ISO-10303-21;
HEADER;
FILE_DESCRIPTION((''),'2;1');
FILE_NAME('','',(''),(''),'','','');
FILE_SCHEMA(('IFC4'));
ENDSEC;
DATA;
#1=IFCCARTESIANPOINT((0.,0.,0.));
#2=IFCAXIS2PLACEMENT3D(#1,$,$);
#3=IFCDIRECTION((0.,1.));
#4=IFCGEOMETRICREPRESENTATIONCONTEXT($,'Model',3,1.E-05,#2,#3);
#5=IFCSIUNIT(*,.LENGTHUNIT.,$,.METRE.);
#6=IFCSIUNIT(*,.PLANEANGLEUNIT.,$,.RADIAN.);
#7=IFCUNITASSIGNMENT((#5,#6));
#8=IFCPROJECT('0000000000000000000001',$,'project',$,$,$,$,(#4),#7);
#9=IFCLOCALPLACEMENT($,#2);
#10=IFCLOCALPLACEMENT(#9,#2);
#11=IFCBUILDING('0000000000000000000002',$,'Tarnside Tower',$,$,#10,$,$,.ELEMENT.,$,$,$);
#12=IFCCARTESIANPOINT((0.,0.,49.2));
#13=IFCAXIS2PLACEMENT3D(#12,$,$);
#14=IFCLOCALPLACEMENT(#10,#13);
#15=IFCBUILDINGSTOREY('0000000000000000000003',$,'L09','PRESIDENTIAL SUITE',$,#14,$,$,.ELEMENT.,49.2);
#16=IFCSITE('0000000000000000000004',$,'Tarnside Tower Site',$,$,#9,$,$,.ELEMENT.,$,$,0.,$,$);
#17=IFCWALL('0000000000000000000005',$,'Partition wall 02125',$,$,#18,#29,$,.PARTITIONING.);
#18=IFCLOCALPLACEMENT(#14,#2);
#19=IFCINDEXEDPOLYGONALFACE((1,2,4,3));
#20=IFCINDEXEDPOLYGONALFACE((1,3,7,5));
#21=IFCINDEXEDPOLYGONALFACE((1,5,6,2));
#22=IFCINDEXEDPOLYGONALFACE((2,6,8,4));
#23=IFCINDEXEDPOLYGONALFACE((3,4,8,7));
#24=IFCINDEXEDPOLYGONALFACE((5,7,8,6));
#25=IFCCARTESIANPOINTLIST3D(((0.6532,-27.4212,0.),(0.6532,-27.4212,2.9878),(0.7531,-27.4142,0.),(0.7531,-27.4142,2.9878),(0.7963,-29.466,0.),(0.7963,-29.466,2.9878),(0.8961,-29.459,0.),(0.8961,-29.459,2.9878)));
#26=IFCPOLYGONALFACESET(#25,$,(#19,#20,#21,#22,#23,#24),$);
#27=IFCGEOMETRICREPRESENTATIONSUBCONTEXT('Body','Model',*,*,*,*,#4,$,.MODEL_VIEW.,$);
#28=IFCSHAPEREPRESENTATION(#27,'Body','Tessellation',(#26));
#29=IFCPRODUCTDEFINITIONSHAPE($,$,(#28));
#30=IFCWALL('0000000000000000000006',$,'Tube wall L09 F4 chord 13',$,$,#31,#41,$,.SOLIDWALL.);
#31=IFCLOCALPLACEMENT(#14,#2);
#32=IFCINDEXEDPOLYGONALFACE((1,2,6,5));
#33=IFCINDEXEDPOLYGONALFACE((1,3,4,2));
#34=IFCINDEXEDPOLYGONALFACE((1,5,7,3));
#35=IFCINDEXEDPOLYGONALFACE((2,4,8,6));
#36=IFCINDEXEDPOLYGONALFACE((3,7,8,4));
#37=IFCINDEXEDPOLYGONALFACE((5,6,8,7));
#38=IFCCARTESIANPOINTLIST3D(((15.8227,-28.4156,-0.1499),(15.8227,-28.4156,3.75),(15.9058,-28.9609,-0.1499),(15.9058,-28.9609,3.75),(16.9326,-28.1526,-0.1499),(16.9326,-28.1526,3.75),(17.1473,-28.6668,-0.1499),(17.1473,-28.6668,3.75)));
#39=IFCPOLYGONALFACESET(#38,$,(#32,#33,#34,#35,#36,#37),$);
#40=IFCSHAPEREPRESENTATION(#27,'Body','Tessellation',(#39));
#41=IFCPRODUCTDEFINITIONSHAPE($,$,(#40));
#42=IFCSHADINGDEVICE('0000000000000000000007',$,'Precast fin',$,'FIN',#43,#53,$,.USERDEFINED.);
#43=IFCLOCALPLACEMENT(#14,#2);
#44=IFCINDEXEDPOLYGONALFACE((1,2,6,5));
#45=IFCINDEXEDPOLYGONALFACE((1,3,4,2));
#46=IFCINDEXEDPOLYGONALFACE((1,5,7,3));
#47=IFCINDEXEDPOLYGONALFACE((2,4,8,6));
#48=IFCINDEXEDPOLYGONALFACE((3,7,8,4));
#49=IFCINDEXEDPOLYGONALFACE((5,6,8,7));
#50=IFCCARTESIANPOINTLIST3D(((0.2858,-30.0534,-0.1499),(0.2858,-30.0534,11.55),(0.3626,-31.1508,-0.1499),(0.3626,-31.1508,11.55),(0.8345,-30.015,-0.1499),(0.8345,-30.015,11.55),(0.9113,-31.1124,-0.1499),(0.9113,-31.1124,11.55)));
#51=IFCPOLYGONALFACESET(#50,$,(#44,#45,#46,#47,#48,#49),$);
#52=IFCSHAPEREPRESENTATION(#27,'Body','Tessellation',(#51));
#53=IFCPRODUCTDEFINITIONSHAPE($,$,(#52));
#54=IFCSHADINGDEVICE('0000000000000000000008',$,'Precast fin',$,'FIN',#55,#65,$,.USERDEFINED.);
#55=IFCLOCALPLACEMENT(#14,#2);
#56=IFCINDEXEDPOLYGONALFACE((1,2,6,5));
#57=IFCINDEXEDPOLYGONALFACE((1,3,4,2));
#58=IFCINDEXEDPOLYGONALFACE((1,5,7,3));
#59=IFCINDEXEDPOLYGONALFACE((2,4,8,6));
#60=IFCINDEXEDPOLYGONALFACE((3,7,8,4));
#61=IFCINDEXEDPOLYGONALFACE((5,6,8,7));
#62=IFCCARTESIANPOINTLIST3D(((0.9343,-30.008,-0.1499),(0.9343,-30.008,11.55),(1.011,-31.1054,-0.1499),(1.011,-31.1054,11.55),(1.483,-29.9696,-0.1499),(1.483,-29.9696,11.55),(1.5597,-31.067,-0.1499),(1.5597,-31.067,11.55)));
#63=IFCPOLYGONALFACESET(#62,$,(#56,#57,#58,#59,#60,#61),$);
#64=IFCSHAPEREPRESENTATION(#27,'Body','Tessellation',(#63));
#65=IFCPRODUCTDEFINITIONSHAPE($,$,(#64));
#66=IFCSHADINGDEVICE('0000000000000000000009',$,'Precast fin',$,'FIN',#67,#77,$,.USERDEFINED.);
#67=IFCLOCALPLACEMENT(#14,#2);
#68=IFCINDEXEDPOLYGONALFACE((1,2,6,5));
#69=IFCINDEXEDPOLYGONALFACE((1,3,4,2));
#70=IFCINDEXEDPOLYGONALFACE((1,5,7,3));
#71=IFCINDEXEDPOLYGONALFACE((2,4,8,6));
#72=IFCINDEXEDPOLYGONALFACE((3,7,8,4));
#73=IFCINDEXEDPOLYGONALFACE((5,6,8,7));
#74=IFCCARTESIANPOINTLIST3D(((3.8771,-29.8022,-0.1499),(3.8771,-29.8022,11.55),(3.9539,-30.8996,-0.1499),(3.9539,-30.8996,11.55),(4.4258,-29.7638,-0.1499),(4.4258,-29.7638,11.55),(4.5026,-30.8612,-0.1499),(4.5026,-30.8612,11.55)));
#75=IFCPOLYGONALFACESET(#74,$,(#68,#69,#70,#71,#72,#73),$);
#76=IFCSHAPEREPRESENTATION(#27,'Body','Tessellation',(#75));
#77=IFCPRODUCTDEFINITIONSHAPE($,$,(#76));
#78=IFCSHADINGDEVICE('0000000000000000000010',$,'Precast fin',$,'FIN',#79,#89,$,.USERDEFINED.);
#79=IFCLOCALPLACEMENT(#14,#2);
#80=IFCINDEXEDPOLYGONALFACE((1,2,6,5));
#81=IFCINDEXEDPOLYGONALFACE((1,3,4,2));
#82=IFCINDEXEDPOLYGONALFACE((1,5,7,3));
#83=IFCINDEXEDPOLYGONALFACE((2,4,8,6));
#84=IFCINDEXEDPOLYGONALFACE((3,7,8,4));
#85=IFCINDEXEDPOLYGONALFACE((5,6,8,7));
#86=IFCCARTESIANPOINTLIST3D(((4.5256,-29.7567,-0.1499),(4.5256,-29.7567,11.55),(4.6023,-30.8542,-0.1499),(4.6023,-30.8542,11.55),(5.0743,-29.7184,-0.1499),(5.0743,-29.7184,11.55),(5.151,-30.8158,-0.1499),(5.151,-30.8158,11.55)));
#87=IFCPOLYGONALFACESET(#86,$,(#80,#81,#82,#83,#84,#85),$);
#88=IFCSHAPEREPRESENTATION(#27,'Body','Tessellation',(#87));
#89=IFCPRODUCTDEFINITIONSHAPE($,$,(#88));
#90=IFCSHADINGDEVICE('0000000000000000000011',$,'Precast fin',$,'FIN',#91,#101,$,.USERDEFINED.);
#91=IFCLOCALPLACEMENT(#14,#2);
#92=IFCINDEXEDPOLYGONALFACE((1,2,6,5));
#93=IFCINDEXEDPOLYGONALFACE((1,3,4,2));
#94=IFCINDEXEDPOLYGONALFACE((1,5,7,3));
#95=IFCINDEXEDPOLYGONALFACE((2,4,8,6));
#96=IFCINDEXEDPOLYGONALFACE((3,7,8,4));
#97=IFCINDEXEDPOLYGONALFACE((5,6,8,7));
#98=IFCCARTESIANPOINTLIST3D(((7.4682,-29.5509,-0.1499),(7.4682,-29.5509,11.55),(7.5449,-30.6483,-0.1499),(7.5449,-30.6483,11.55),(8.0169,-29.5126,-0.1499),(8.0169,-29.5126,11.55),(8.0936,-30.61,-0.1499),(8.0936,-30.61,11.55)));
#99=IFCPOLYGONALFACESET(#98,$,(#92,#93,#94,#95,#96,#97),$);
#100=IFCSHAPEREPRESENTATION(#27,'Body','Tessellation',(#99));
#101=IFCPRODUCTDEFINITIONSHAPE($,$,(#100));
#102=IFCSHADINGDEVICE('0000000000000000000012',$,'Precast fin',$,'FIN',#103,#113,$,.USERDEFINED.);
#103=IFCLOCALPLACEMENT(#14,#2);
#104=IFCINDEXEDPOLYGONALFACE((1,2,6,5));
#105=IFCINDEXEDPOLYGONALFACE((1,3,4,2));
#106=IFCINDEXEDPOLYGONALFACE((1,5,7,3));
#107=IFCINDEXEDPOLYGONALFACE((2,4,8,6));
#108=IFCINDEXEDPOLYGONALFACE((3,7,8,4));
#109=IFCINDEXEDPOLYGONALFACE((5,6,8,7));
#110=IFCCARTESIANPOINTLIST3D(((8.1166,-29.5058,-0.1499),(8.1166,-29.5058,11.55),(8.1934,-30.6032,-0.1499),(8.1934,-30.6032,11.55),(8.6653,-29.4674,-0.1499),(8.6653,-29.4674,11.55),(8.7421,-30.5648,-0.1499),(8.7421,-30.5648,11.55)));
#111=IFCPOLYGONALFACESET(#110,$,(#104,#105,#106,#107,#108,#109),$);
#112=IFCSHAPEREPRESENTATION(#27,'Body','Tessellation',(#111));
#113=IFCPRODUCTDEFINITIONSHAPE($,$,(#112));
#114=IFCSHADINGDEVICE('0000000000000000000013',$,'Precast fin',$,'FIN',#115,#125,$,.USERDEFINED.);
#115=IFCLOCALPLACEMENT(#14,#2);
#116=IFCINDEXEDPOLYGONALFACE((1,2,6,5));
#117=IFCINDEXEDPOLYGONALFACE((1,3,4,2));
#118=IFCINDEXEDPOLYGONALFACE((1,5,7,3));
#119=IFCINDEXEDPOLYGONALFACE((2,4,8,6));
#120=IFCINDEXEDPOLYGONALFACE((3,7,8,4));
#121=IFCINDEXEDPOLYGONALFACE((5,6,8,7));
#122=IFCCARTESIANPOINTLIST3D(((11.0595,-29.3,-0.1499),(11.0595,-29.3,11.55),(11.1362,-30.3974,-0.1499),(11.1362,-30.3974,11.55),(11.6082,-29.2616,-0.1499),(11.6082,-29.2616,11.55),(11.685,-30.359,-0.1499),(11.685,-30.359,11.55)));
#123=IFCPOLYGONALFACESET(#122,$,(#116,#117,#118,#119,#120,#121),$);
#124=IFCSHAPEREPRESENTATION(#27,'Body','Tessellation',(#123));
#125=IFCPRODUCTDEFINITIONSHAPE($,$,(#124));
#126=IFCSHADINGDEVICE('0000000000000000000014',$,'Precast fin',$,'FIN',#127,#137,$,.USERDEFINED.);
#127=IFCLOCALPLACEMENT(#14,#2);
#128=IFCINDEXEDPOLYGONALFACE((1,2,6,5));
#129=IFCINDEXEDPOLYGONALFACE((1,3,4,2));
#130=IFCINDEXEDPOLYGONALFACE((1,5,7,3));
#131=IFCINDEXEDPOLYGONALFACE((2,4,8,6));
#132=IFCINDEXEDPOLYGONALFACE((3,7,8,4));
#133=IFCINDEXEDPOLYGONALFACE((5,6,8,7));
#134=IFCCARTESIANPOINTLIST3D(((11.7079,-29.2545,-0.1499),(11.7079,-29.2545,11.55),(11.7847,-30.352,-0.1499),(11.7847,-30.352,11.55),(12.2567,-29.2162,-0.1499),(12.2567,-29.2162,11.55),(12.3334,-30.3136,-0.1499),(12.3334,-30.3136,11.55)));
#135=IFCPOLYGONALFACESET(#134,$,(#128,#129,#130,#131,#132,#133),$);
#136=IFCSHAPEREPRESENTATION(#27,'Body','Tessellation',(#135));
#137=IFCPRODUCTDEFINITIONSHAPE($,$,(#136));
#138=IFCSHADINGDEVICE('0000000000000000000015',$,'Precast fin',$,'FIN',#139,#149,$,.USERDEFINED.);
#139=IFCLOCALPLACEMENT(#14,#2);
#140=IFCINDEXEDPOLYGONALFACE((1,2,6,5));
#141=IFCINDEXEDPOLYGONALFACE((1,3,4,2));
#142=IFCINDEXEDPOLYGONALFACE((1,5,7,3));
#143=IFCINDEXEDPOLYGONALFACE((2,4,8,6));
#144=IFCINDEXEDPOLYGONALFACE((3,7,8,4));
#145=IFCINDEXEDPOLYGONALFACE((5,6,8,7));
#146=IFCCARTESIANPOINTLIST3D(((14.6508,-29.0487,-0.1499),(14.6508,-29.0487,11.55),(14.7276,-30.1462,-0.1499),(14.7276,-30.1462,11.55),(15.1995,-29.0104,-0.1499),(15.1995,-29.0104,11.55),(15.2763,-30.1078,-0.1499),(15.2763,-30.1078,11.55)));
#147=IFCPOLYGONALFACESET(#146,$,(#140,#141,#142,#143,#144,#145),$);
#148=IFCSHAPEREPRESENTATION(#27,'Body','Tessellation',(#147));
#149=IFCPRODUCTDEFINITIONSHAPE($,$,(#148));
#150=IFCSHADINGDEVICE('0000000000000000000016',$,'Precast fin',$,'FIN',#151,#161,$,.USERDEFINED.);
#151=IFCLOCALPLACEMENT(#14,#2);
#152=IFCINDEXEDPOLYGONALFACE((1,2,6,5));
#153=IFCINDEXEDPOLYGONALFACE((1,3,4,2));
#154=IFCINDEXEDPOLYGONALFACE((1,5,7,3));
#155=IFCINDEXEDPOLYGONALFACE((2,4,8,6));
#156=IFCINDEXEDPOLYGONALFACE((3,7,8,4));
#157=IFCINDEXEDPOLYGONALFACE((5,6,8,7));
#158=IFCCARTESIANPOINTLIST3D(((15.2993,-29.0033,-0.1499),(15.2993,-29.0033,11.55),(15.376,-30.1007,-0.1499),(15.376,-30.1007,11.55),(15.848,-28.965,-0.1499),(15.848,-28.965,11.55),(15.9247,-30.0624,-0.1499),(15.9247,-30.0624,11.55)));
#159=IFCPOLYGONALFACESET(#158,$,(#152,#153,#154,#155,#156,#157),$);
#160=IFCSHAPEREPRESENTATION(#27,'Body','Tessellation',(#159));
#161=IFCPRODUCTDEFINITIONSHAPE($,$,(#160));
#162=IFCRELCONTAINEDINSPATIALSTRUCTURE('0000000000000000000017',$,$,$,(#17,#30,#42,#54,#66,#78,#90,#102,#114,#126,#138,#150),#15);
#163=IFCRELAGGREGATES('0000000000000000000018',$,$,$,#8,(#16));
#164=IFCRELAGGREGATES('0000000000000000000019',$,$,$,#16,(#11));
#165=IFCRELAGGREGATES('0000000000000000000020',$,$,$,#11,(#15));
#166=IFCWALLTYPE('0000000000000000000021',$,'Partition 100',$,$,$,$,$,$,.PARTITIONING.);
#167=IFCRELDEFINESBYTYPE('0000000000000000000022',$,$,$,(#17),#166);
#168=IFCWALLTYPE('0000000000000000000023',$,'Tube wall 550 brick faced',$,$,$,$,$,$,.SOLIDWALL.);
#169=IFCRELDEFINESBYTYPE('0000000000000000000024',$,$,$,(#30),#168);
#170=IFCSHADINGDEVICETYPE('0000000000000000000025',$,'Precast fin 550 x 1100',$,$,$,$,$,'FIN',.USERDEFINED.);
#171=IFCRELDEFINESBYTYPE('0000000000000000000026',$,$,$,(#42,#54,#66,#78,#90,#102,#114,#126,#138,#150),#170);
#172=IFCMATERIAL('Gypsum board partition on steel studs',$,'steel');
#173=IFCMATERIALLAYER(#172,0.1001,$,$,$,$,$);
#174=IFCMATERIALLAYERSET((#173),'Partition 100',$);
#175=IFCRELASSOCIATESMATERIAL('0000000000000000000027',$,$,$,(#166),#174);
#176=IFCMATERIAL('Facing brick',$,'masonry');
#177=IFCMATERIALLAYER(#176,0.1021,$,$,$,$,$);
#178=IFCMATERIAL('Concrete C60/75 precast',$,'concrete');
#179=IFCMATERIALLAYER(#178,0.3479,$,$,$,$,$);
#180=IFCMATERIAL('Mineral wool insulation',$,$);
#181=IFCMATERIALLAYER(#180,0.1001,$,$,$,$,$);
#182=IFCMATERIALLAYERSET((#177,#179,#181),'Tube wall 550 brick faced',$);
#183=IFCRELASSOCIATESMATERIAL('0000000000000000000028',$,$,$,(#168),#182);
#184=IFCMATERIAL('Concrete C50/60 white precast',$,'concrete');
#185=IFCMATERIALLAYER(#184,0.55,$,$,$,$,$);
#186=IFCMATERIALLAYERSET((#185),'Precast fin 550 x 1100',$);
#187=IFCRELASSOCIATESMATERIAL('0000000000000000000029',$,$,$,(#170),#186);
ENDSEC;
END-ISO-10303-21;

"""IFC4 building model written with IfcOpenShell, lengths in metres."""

from ifc_helpers import new_model, si_unit, direction, frame, frame_2d, origin, place, context, subcontext, project, spatial, polyline, rectangle, outline, extrude, material, layer, layer_set, type_object, element, save


model = new_model("IFC4")

# Units and contexts
model_context = context("Model", 3, precision=1e-05, world=origin(), true_north=direction((0.0, 1.0)))
body_context = subcontext(model_context, "Body", "Model", "MODEL_VIEW")
ifc_project = project(units=[si_unit("LENGTHUNIT", "METRE"), si_unit("PLANEANGLEUNIT", "RADIAN")], contexts=[model_context])

# Site, building, storey
site_placement = place(None, origin())
site = spatial("IfcSite", under=ifc_project, at=site_placement, Name="Tarnside Tower Site", CompositionType="ELEMENT", RefElevation=0.0)
building_placement = place(site_placement, origin())
building = spatial("IfcBuilding", under=site, at=building_placement, Name="Tarnside Tower", CompositionType="ELEMENT")
storey_placement = place(building_placement, frame((0.0, 0.0, 49.2)))
storey = spatial("IfcBuildingStorey", under=building, at=storey_placement, Name="L09", Description="PRESIDENTIAL SUITE", CompositionType="ELEMENT", Elevation=49.2)

# Shared definitions
ifc_material_1 = material(Name="Gypsum board partition on steel studs", Category="steel")

# Walls
ifc_layer_1 = layer(ifc_material_1, 0.1001)
ifc_layer_set_1 = layer_set([ifc_layer_1], Name="Partition 100")
wall_type_1 = type_object("IfcWallType", Name="Partition 100", PredefinedType="PARTITIONING", material=ifc_layer_set_1)
wall_1_placement = place(storey_placement, frame((0.7031, -27.4177, 0.0), z_axis=(0.0, 0.0, 1.0), x_axis=(0.069791, -0.997562, 0.0)))
element("IfcWall", 1, at=wall_1_placement, inside=storey, type_object=wall_type_1, Name="Partition wall 02125", PredefinedType="PARTITIONING", context=body_context, shape_type="SweptSolid", body=[
    extrude(rectangle(XDim=2.0498, YDim=0.1001, at=frame_2d((1.0249, 0.0))), origin(), (0.0, 0.0, 1.0), 2.9878),
])
ifc_material_2 = material(Name="Facing brick", Category="masonry")
ifc_layer_2 = layer(ifc_material_2, 0.1021)
ifc_material_3 = material(Name="Concrete C60/75 precast", Category="concrete")
ifc_layer_3 = layer(ifc_material_3, 0.3479)
ifc_material_4 = material(Name="Mineral wool insulation")
ifc_layer_4 = layer(ifc_material_4, 0.1001)
ifc_layer_set_2 = layer_set([ifc_layer_2, ifc_layer_3, ifc_layer_4], Name="Tube wall 550 brick faced")
wall_type_2 = type_object("IfcWallType", Name="Tube wall 550 brick faced", PredefinedType="SOLIDWALL", material=ifc_layer_set_2)
wall_2_placement = place(storey_placement, frame((15.8643, -28.6882, -0.1499), z_axis=(0.0, 0.0, 1.0), x_axis=(0.973064, 0.230537, 0.0)))
element("IfcWall", 2, at=wall_2_placement, inside=storey, type_object=wall_type_2, Name="Tube wall L09 F4 chord 13", PredefinedType="SOLIDWALL", context=body_context, shape_type="SweptSolid", body=[
    extrude(outline(polyline([(-0.0225, -0.2749), (1.2534, -0.2749), (1.1631, 0.2749), (0.0225, 0.2749), (-0.0225, -0.2749)])), origin(), (0.0, 0.0, 1.0), 3.8999),
])

# Shading devices
ifc_material_5 = material(Name="Concrete C50/60 white precast", Category="concrete")
ifc_layer_5 = layer(ifc_material_5, 0.55)
ifc_layer_set_3 = layer_set([ifc_layer_5], Name="Precast fin 550 x 1100")
shading_device_type = type_object("IfcShadingDeviceType", Name="Precast fin 550 x 1100", ElementType="FIN", PredefinedType="USERDEFINED", material=ifc_layer_set_3)
for number, where, z_axis, x_axis, name in (
    (3, (0.5603, -30.0342, -0.1499), (-0.997564, -0.069756, 0.0), (0.069756, -0.997564, 0.0), "Precast fin"),
    (4, (1.2087, -29.9888, -0.1499), (-0.997564, -0.069756, 0.0), (0.069756, -0.997564, 0.0), "Precast fin"),
    (5, (4.1516, -29.783, -0.1499), (-0.997564, -0.069756, 0.0), (0.069756, -0.997564, 0.0), "Precast fin"),
    (6, (4.8, -29.7375, -0.1499), (-0.997564, -0.069756, 0.0), (0.069756, -0.997564, 0.0), "Precast fin"),
    (7, (7.7427, -29.5317, -0.1499), (-0.997564, -0.069756, 0.0), (0.069756, -0.997564, 0.0), "Precast fin"),
    (8, (8.3911, -29.4866, -0.1499), (-0.997564, -0.069756, 0.0), (0.069756, -0.997564, 0.0), "Precast fin"),
    (9, (11.334, -29.2808, -0.1499), (-0.997564, -0.069756, 0.0), (0.069756, -0.997564, 0.0), "Precast fin"),
    (10, (11.9824, -29.2354, -0.1499), (-0.997564, -0.069756, 0.0), (0.069756, -0.997564, 0.0), "Precast fin"),
    (11, (14.9253, -29.0295, -0.1499), (-0.997564, -0.069756, 0.0), (0.069756, -0.997564, 0.0), "Precast fin"),
    (12, (15.5737, -28.9841, -0.1499), (-0.997564, -0.069756, 0.0), (0.069756, -0.997564, 0.0), "Precast fin"),
):
    element("IfcShadingDevice", number, at=place(storey_placement, frame(where, z_axis=z_axis, x_axis=x_axis)), inside=storey, type_object=shading_device_type, Name=name, ObjectType="FIN", PredefinedType="USERDEFINED", context=body_context, shape_type="SweptSolid", body=[
        extrude(outline(polyline([(0.0, 0.0), (1.1001, 0.0), (1.1001, 11.7), (0.0, 11.7), (0.0, 0.0)])), frame((0.0, 0.0, -0.2749)), (0.0, 0.0, 1.0), 0.55),
    ])

save(model, "model.ifc")
